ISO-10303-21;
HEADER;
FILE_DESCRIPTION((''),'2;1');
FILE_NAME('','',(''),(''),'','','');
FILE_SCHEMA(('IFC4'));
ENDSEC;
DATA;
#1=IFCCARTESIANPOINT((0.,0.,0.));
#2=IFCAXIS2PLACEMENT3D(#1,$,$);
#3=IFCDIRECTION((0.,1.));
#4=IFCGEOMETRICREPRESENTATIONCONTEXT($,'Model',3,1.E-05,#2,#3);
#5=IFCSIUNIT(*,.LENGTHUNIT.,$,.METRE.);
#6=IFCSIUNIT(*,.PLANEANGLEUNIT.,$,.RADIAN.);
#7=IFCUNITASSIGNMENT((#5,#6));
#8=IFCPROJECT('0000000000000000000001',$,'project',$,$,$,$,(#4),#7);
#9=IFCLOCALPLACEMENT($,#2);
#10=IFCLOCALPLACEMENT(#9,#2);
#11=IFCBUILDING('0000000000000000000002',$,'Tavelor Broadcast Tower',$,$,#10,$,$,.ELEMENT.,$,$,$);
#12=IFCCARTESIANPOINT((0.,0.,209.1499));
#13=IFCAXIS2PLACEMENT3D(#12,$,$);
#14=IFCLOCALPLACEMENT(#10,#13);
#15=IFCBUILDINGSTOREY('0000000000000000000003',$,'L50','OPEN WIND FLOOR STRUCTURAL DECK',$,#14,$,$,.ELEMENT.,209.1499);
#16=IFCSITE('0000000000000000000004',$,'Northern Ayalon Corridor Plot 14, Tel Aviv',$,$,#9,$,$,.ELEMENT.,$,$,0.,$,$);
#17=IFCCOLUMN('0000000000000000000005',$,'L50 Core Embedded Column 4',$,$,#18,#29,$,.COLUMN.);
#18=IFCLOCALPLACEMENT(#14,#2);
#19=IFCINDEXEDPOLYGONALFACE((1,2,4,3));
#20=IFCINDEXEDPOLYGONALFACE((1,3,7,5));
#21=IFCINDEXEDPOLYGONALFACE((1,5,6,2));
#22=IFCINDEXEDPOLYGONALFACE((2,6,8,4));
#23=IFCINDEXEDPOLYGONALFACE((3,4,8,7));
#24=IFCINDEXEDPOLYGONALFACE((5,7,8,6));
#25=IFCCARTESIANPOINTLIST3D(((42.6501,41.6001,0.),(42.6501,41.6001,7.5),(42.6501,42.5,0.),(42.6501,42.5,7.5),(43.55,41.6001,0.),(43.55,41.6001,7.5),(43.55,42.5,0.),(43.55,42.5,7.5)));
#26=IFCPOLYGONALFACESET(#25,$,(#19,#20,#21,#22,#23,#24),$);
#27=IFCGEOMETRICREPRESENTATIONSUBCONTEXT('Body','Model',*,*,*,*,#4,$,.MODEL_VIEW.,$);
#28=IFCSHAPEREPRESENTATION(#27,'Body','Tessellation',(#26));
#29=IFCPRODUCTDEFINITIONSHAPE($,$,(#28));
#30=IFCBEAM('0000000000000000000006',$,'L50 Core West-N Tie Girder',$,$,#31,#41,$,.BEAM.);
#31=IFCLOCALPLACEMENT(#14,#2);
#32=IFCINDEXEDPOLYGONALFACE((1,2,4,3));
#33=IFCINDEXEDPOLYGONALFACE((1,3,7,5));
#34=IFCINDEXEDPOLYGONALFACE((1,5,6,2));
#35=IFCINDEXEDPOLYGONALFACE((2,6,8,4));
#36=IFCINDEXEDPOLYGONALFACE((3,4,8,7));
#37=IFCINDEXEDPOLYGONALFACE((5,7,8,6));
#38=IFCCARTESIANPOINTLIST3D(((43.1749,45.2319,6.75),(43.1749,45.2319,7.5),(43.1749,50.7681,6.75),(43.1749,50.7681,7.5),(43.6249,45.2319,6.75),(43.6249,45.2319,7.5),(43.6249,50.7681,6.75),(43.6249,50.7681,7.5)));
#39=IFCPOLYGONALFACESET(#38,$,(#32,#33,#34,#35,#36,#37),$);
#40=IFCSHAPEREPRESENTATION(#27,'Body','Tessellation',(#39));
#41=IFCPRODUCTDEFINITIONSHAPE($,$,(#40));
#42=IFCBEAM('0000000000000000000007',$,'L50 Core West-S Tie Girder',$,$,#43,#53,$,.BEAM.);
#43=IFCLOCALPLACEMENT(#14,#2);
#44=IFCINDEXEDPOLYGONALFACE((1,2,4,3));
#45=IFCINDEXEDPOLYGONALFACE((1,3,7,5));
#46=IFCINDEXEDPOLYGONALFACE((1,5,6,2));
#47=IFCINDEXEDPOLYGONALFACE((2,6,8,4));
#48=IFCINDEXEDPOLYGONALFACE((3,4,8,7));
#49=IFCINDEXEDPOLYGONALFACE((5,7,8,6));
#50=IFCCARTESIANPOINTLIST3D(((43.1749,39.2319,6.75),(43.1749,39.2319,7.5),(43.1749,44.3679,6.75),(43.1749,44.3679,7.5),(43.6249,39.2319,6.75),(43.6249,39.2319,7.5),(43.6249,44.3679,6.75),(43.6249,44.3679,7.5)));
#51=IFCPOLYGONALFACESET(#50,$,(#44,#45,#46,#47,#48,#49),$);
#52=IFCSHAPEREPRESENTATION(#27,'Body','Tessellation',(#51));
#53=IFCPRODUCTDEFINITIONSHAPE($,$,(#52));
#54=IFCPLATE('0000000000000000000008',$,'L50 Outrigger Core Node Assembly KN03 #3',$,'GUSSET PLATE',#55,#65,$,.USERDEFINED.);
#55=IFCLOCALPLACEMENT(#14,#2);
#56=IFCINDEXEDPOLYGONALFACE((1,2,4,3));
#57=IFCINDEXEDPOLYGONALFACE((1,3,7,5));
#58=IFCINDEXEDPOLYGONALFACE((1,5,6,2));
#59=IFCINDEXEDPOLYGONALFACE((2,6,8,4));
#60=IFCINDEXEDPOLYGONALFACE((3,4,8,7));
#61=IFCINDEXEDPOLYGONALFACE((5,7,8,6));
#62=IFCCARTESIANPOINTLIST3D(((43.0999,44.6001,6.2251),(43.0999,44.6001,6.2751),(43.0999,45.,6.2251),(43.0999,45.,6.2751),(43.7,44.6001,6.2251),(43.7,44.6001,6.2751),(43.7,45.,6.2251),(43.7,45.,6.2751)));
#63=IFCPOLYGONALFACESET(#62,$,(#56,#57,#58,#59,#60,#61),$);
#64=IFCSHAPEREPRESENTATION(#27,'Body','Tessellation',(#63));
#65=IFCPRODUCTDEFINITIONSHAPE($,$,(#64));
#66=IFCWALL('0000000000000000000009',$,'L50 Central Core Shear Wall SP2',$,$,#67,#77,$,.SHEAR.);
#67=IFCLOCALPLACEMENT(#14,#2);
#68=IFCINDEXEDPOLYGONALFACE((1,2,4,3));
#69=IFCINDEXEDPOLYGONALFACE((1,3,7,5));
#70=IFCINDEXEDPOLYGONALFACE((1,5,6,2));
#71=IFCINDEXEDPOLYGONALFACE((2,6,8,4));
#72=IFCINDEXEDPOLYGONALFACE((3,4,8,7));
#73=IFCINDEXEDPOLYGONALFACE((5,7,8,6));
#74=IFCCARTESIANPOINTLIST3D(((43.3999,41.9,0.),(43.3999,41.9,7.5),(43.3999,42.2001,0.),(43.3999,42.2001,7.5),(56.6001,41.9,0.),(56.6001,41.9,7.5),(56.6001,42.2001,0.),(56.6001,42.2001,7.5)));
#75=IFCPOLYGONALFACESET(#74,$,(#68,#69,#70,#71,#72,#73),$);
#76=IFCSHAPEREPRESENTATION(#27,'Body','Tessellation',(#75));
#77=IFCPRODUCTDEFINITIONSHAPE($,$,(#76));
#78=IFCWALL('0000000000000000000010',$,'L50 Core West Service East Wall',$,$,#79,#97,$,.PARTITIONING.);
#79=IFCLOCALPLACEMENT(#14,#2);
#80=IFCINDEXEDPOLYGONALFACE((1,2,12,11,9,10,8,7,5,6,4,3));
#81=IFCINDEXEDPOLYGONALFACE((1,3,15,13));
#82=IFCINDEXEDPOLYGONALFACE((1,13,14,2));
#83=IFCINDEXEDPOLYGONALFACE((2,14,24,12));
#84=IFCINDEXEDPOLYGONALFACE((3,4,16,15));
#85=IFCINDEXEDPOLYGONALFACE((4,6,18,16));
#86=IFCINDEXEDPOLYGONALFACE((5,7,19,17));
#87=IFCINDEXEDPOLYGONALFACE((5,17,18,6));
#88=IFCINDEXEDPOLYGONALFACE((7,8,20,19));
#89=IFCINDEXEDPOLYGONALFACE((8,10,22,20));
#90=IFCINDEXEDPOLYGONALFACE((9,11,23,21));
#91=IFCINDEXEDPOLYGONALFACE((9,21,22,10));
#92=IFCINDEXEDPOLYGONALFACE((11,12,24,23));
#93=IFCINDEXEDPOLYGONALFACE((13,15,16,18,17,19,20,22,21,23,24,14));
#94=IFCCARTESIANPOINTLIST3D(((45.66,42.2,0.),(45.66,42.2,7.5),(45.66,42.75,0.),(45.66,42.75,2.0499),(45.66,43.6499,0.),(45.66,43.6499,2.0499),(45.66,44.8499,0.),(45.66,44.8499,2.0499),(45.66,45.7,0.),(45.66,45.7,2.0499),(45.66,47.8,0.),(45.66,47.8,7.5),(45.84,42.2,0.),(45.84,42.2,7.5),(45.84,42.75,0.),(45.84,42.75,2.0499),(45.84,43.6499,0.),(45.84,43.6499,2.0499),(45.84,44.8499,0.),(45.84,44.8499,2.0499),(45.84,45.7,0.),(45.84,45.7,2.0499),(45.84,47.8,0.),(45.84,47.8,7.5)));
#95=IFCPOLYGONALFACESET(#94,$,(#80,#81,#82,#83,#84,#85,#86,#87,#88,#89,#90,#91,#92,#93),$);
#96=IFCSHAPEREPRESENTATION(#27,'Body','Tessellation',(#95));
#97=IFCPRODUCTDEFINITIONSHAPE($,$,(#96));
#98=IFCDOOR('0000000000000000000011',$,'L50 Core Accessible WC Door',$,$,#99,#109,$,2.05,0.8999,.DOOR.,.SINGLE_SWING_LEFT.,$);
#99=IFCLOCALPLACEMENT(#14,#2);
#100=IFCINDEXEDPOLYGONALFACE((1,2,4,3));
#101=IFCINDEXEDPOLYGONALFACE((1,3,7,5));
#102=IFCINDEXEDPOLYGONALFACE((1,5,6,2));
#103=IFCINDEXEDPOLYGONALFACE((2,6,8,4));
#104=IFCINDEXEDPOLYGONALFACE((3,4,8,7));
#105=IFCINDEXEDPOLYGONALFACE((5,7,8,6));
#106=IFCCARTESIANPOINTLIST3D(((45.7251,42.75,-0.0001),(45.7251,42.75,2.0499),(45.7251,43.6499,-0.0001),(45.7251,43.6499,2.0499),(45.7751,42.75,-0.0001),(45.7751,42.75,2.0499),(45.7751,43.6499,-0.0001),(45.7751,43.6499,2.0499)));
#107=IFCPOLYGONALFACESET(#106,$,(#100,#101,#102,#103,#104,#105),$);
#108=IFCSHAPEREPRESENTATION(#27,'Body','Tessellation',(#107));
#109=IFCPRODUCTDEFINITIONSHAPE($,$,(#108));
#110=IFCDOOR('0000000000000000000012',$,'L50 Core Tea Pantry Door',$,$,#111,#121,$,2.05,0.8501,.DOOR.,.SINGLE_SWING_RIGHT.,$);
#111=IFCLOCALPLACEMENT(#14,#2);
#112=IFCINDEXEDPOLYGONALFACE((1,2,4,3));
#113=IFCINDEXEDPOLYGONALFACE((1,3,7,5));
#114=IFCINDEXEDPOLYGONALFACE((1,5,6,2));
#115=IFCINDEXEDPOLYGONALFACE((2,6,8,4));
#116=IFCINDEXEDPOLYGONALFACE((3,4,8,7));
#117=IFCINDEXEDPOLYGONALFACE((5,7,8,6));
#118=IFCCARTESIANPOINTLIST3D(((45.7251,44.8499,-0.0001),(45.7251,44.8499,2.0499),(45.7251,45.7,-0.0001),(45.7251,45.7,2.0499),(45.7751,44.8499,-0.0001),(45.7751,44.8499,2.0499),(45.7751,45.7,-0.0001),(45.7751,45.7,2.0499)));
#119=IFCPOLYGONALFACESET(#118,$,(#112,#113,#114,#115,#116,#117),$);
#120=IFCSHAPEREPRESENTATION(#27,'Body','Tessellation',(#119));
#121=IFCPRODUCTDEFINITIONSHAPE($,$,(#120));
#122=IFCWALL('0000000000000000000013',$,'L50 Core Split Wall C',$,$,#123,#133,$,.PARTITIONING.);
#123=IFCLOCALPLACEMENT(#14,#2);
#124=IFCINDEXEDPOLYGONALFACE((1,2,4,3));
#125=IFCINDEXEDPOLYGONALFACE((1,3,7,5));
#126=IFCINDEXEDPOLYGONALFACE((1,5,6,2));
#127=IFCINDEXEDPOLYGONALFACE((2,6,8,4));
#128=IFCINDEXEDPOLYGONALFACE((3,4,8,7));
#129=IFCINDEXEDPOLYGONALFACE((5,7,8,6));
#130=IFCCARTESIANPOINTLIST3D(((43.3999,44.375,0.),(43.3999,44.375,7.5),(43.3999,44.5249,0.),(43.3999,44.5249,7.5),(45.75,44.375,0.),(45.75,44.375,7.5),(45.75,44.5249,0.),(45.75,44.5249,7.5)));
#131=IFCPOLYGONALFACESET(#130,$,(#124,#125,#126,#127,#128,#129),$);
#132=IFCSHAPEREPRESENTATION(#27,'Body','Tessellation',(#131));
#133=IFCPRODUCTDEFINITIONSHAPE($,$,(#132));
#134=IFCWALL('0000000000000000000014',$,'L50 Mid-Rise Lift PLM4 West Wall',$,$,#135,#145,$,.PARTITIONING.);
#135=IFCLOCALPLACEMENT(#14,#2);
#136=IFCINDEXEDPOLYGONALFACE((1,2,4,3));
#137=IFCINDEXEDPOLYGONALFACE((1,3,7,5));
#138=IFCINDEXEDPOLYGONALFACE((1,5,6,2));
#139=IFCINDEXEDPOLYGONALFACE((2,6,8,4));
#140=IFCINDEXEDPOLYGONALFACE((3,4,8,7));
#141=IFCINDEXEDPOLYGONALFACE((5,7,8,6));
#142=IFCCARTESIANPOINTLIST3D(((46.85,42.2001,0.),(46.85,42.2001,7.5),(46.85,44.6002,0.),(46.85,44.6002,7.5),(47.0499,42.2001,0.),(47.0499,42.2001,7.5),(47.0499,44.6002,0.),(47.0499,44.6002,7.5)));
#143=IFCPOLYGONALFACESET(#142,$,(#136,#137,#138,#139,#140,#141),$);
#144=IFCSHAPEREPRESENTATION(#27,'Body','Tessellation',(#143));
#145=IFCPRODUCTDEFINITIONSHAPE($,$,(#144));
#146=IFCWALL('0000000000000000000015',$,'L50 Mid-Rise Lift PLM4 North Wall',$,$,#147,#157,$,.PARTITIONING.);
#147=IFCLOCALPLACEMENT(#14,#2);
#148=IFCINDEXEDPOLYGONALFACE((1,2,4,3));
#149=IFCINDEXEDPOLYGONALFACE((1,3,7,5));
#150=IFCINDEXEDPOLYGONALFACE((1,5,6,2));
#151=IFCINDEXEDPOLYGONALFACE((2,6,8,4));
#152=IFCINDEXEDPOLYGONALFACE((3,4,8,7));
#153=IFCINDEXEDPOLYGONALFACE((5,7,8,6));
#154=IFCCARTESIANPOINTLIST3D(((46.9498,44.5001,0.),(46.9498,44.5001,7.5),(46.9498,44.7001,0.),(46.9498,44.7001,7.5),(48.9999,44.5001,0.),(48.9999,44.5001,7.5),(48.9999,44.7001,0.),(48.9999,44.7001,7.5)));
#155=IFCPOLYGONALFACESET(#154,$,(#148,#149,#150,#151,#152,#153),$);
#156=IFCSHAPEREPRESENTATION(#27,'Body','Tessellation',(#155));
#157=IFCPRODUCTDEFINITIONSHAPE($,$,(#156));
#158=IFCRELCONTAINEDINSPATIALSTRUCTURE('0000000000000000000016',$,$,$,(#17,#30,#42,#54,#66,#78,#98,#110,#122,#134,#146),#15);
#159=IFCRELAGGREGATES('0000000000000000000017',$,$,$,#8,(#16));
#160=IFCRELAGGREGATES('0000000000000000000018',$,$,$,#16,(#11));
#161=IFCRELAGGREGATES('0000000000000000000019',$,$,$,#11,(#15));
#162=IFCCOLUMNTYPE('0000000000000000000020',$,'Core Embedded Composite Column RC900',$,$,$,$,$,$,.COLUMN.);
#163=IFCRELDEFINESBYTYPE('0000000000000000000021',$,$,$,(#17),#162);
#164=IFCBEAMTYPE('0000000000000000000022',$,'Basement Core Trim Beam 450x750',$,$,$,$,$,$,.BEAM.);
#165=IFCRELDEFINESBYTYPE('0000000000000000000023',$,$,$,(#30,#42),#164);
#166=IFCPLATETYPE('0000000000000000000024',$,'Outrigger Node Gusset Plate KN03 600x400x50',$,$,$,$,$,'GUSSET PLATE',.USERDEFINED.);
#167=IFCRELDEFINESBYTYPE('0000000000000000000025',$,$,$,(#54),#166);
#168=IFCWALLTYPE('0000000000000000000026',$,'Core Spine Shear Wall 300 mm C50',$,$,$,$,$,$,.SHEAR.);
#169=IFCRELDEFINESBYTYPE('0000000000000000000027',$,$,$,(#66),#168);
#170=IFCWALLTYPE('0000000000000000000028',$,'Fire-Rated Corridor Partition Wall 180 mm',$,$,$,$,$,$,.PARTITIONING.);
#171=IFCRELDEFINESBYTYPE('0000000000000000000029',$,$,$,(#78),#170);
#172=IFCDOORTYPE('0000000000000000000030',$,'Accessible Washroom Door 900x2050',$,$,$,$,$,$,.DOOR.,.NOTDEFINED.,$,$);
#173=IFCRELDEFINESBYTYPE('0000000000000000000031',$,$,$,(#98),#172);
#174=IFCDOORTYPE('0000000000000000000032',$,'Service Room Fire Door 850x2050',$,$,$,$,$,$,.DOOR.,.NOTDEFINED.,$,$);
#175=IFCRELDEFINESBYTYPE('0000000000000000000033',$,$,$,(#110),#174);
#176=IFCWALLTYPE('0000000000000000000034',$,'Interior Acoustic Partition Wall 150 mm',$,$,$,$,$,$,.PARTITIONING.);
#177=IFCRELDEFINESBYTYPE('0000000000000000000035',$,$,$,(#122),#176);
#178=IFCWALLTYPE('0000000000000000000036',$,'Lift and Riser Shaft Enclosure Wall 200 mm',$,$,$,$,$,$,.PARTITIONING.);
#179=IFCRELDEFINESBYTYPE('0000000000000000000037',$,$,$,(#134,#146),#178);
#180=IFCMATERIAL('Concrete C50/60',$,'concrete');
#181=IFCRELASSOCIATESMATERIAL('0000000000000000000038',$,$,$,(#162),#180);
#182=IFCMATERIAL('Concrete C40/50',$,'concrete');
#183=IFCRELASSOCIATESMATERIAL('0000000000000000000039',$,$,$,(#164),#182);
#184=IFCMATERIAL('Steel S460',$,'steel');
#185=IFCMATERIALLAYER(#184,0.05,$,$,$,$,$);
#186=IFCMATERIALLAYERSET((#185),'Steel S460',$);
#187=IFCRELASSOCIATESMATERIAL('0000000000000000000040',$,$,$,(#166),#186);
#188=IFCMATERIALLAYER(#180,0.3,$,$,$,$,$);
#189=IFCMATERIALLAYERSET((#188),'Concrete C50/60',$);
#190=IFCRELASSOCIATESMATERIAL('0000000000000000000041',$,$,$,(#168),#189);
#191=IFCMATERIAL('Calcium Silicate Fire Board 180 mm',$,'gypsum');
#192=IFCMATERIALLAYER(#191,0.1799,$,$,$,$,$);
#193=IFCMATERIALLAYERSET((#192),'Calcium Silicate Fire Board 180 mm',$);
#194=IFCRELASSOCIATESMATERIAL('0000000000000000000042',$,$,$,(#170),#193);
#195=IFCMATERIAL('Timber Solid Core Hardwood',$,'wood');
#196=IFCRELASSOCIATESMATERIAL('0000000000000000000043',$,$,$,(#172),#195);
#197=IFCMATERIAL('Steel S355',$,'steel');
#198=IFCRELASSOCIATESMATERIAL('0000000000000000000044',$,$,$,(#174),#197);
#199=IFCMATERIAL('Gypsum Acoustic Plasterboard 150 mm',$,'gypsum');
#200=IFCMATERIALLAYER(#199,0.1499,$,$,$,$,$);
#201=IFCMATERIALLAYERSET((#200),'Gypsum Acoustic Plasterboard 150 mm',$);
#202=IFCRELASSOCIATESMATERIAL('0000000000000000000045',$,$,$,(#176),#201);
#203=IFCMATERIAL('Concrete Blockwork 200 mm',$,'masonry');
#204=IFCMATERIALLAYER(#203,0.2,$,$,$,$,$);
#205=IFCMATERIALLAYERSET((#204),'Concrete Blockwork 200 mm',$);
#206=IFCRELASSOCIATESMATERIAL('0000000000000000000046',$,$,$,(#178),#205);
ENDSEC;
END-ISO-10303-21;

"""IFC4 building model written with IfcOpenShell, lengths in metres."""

from ifc_helpers import new_model, si_unit, direction, frame, frame_2d, origin, origin_2d, place, context, subcontext, project, spatial, rectangle, extrude, source, transform, mapped, material, layer, layer_set, material_profile, profile_set, type_object, type_shapes, element, fill, save


model = new_model("IFC4")

# Units and contexts
model_context = context("Model", 3, precision=1e-05, world=origin(), true_north=direction((0.0, 1.0)))
body_context = subcontext(model_context, "Body", "Model", "MODEL_VIEW")
ifc_project = project(units=[si_unit("LENGTHUNIT", "METRE"), si_unit("PLANEANGLEUNIT", "RADIAN")], contexts=[model_context])

# Site, building, storey
site_placement = place(None, origin())
site = spatial("IfcSite", under=ifc_project, at=site_placement, Name="Northern Ayalon Corridor Plot 14, Tel Aviv", CompositionType="ELEMENT", RefElevation=0.0)
building_placement = place(site_placement, origin())
building = spatial("IfcBuilding", under=site, at=building_placement, Name="Tavelor Broadcast Tower", CompositionType="ELEMENT")
storey_placement = place(building_placement, frame((0.0, 0.0, 209.1499)))
storey = spatial("IfcBuildingStorey", under=building, at=storey_placement, Name="L50", Description="OPEN WIND FLOOR STRUCTURAL DECK", CompositionType="ELEMENT", Elevation=209.1499)

# Column
ifc_material_1 = material(Name="Concrete C50/60", Category="concrete")
ifc_material_profile_1 = material_profile(ifc_material_1, rectangle(XDim=0.8999, YDim=0.8999, at=origin_2d()), Name="RC 900x900")
ifc_profile_set_1 = profile_set([ifc_material_profile_1], Name="Concrete C50/60")
column_type = type_object("IfcColumnType", Name="Core Embedded Composite Column RC900", PredefinedType="COLUMN", material=ifc_profile_set_1)
column_placement = place(storey_placement, frame((43.1001, 42.05, 0.0), z_axis=(0.0, 0.0, 1.0), x_axis=(1.0, 0.0, 0.0)))
element("IfcColumn", 1, at=column_placement, inside=storey, type_object=column_type, Name="L50 Core Embedded Column 4", PredefinedType="COLUMN", context=body_context, shape_type="SweptSolid", body=[
    extrude(rectangle(XDim=0.8999, YDim=0.8999, at=origin_2d()), origin(), (0.0, 0.0, 1.0), 7.5),
])

# Beams
ifc_material_2 = material(Name="Concrete C40/50", Category="concrete")
ifc_material_profile_2 = material_profile(ifc_material_2, rectangle(XDim=0.45, YDim=0.75, at=origin_2d()), Name="RC 450x750")
ifc_profile_set_2 = profile_set([ifc_material_profile_2], Name="Concrete C40/50")
beam_type = type_object("IfcBeamType", Name="Basement Core Trim Beam 450x750", PredefinedType="BEAM", material=ifc_profile_set_2)
beam_1_placement = place(storey_placement, frame((43.3999, 45.2319, 7.125), z_axis=(0.0, 1.0, 0.0), x_axis=(-1.0, 0.0, 0.0)))
element("IfcBeam", 2, at=beam_1_placement, inside=storey, type_object=beam_type, Name="L50 Core West-N Tie Girder", PredefinedType="BEAM", context=body_context, shape_type="SweptSolid", body=[
    extrude(rectangle(XDim=0.45, YDim=0.75, at=origin_2d()), origin(), (0.0, 0.0, 1.0), 5.5361),
])
beam_2_placement = place(storey_placement, frame((43.3999, 39.2319, 7.125), z_axis=(0.0, 1.0, 0.0), x_axis=(-1.0, 0.0, 0.0)))
element("IfcBeam", 3, at=beam_2_placement, inside=storey, type_object=beam_type, Name="L50 Core West-S Tie Girder", PredefinedType="BEAM", context=body_context, shape_type="SweptSolid", body=[
    extrude(rectangle(XDim=0.45, YDim=0.75, at=origin_2d()), origin(), (0.0, 0.0, 1.0), 5.136),
])

# Plate
ifc_material_3 = material(Name="Steel S460", Category="steel")
ifc_layer_1 = layer(ifc_material_3, 0.05)
ifc_layer_set_1 = layer_set([ifc_layer_1], Name="Steel S460")
plate_type = type_object("IfcPlateType", Name="Outrigger Node Gusset Plate KN03 600x400x50", ElementType="GUSSET PLATE", PredefinedType="USERDEFINED", material=ifc_layer_set_1)
shared_shape = source(origin(), body_context, "Body", "SweptSolid", [
    extrude(rectangle(XDim=0.6001, YDim=0.3999, at=origin_2d()), origin(), (0.0, 0.0, 1.0), 0.05),
])
type_shapes(plate_type, [shared_shape])
plate_placement = place(storey_placement, frame((43.3999, 44.8, 6.2251), z_axis=(0.0, 0.0, 1.0), x_axis=(1.0, 0.0, 0.0)))
element("IfcPlate", 4, at=plate_placement, inside=storey, type_object=plate_type, Name="L50 Outrigger Core Node Assembly KN03 #3", ObjectType="GUSSET PLATE", PredefinedType="USERDEFINED", context=body_context, shape_type="MappedRepresentation", body=[
    mapped(shared_shape, transform((0.0, 0.0, 0.0), scale=1.0)),
])

# Wall
ifc_layer_2 = layer(ifc_material_1, 0.3)
ifc_layer_set_2 = layer_set([ifc_layer_2], Name="Concrete C50/60")
wall_type_1 = type_object("IfcWallType", Name="Core Spine Shear Wall 300 mm C50", PredefinedType="SHEAR", material=ifc_layer_set_2)
wall_1_placement = place(storey_placement, frame((43.3999, 42.05, 0.0), z_axis=(0.0, 0.0, 1.0), x_axis=(1.0, 0.0, 0.0)))
element("IfcWall", 5, at=wall_1_placement, inside=storey, type_object=wall_type_1, Name="L50 Central Core Shear Wall SP2", PredefinedType="SHEAR", context=body_context, shape_type="SweptSolid", body=[
    extrude(rectangle(XDim=13.2002, YDim=0.3, at=frame_2d((6.6001, 0.0))), origin(), (0.0, 0.0, 1.0), 7.5),
])

# Wall, openings, doors
ifc_material_4 = material(Name="Calcium Silicate Fire Board 180 mm", Category="gypsum")
ifc_layer_3 = layer(ifc_material_4, 0.1799)
ifc_layer_set_3 = layer_set([ifc_layer_3], Name="Calcium Silicate Fire Board 180 mm")
wall_type_2 = type_object("IfcWallType", Name="Fire-Rated Corridor Partition Wall 180 mm", PredefinedType="PARTITIONING", material=ifc_layer_set_3)
wall_2_placement = place(storey_placement, frame((45.75, 42.2, 0.0), z_axis=(0.0, 0.0, 1.0), x_axis=(0.0, 1.0, 0.0)))
wall_2 = element("IfcWall", 6, at=wall_2_placement, inside=storey, type_object=wall_type_2, Name="L50 Core West Service East Wall", PredefinedType="PARTITIONING", context=body_context, shape_type="SweptSolid", body=[
    extrude(rectangle(XDim=5.6001, YDim=0.1799, at=frame_2d((2.8, 0.0))), origin(), (0.0, 0.0, 1.0), 7.5),
])
opening_1_placement = place(wall_2_placement, frame((0.55, 0.0, 0.0)))
opening_1 = element("IfcOpeningElement", 7, at=opening_1_placement, cuts=wall_2, PredefinedType="OPENING", context=body_context, shape_type="SweptSolid", body=[
    extrude(rectangle(XDim=0.8999, YDim=2.05, at=frame_2d((0.45, 1.0249))), frame((0.0, 0.1001, 0.0), z_axis=(0.0, -1.0, 0.0), x_axis=(1.0, 0.0, 0.0)), (0.0, 0.0, 1.0), 0.2),
])
opening_2_placement = place(wall_2_placement, frame((2.6499, 0.0, 0.0)))
opening_2 = element("IfcOpeningElement", 8, at=opening_2_placement, cuts=wall_2, PredefinedType="OPENING", context=body_context, shape_type="SweptSolid", body=[
    extrude(rectangle(XDim=0.8501, YDim=2.05, at=frame_2d((0.425, 1.0249))), frame((0.0, 0.1001, 0.0), z_axis=(0.0, -1.0, 0.0), x_axis=(1.0, 0.0, 0.0)), (0.0, 0.0, 1.0), 0.2),
])
ifc_material_5 = material(Name="Timber Solid Core Hardwood", Category="wood")
door_type_1 = type_object("IfcDoorType", Name="Accessible Washroom Door 900x2050", OperationType="NOTDEFINED", PredefinedType="DOOR", material=ifc_material_5)
door_1_placement = place(opening_1_placement, origin())
door_1 = element("IfcDoor", 9, at=door_1_placement, inside=storey, type_object=door_type_1, Name="L50 Core Accessible WC Door", OperationType="SINGLE_SWING_LEFT", OverallHeight=2.05, OverallWidth=0.8999, PredefinedType="DOOR", context=body_context, shape_type="SweptSolid", body=[
    extrude(rectangle(XDim=0.8999, YDim=2.05, at=frame_2d((0.45, 1.0249))), frame((0.0, 0.0249, 0.0), z_axis=(0.0, -1.0, 0.0), x_axis=(1.0, 0.0, 0.0)), (0.0, 0.0, 1.0), 0.05),
])
fill(opening_1, door_1)
ifc_material_6 = material(Name="Steel S355", Category="steel")
door_type_2 = type_object("IfcDoorType", Name="Service Room Fire Door 850x2050", OperationType="NOTDEFINED", PredefinedType="DOOR", material=ifc_material_6)
door_2_placement = place(opening_2_placement, origin())
door_2 = element("IfcDoor", 10, at=door_2_placement, inside=storey, type_object=door_type_2, Name="L50 Core Tea Pantry Door", OperationType="SINGLE_SWING_RIGHT", OverallHeight=2.05, OverallWidth=0.8501, PredefinedType="DOOR", context=body_context, shape_type="SweptSolid", body=[
    extrude(rectangle(XDim=0.8501, YDim=2.05, at=frame_2d((0.425, 1.0249))), frame((0.0, 0.0249, 0.0), z_axis=(0.0, -1.0, 0.0), x_axis=(1.0, 0.0, 0.0)), (0.0, 0.0, 1.0), 0.05),
])
fill(opening_2, door_2)

# Walls
ifc_material_7 = material(Name="Gypsum Acoustic Plasterboard 150 mm", Category="gypsum")
ifc_layer_4 = layer(ifc_material_7, 0.1499)
ifc_layer_set_4 = layer_set([ifc_layer_4], Name="Gypsum Acoustic Plasterboard 150 mm")
wall_type_3 = type_object("IfcWallType", Name="Interior Acoustic Partition Wall 150 mm", PredefinedType="PARTITIONING", material=ifc_layer_set_4)
wall_3_placement = place(storey_placement, frame((43.3999, 44.45, 0.0), z_axis=(0.0, 0.0, 1.0), x_axis=(1.0, 0.0, 0.0)))
element("IfcWall", 11, at=wall_3_placement, inside=storey, type_object=wall_type_3, Name="L50 Core Split Wall C", PredefinedType="PARTITIONING", context=body_context, shape_type="SweptSolid", body=[
    extrude(rectangle(XDim=2.3501, YDim=0.1499, at=frame_2d((1.175, 0.0))), origin(), (0.0, 0.0, 1.0), 7.5),
])
ifc_material_8 = material(Name="Concrete Blockwork 200 mm", Category="masonry")
ifc_layer_5 = layer(ifc_material_8, 0.2)
ifc_layer_set_5 = layer_set([ifc_layer_5], Name="Concrete Blockwork 200 mm")
wall_type_4 = type_object("IfcWallType", Name="Lift and Riser Shaft Enclosure Wall 200 mm", PredefinedType="PARTITIONING", material=ifc_layer_set_5)
wall_4_placement = place(storey_placement, frame((46.95, 42.2, 0.0), z_axis=(0.0, 0.0, 1.0), x_axis=(0.0, 1.0, 0.0)))
element("IfcWall", 12, at=wall_4_placement, inside=storey, type_object=wall_type_4, Name="L50 Mid-Rise Lift PLM4 West Wall", PredefinedType="PARTITIONING", context=body_context, shape_type="SweptSolid", body=[
    extrude(rectangle(XDim=2.4001, YDim=0.2, at=frame_2d((1.2002, 0.0))), origin(), (0.0, 0.0, 1.0), 7.5),
])
wall_5_placement = place(storey_placement, frame((46.95, 44.6001, 0.0), z_axis=(0.0, 0.0, 1.0), x_axis=(1.0, 0.0, 0.0)))
element("IfcWall", 13, at=wall_5_placement, inside=storey, type_object=wall_type_4, Name="L50 Mid-Rise Lift PLM4 North Wall", PredefinedType="PARTITIONING", context=body_context, shape_type="SweptSolid", body=[
    extrude(rectangle(XDim=2.05, YDim=0.2, at=frame_2d((1.0249, 0.0))), origin(), (0.0, 0.0, 1.0), 7.5),
])

save(model, "model.ifc")
